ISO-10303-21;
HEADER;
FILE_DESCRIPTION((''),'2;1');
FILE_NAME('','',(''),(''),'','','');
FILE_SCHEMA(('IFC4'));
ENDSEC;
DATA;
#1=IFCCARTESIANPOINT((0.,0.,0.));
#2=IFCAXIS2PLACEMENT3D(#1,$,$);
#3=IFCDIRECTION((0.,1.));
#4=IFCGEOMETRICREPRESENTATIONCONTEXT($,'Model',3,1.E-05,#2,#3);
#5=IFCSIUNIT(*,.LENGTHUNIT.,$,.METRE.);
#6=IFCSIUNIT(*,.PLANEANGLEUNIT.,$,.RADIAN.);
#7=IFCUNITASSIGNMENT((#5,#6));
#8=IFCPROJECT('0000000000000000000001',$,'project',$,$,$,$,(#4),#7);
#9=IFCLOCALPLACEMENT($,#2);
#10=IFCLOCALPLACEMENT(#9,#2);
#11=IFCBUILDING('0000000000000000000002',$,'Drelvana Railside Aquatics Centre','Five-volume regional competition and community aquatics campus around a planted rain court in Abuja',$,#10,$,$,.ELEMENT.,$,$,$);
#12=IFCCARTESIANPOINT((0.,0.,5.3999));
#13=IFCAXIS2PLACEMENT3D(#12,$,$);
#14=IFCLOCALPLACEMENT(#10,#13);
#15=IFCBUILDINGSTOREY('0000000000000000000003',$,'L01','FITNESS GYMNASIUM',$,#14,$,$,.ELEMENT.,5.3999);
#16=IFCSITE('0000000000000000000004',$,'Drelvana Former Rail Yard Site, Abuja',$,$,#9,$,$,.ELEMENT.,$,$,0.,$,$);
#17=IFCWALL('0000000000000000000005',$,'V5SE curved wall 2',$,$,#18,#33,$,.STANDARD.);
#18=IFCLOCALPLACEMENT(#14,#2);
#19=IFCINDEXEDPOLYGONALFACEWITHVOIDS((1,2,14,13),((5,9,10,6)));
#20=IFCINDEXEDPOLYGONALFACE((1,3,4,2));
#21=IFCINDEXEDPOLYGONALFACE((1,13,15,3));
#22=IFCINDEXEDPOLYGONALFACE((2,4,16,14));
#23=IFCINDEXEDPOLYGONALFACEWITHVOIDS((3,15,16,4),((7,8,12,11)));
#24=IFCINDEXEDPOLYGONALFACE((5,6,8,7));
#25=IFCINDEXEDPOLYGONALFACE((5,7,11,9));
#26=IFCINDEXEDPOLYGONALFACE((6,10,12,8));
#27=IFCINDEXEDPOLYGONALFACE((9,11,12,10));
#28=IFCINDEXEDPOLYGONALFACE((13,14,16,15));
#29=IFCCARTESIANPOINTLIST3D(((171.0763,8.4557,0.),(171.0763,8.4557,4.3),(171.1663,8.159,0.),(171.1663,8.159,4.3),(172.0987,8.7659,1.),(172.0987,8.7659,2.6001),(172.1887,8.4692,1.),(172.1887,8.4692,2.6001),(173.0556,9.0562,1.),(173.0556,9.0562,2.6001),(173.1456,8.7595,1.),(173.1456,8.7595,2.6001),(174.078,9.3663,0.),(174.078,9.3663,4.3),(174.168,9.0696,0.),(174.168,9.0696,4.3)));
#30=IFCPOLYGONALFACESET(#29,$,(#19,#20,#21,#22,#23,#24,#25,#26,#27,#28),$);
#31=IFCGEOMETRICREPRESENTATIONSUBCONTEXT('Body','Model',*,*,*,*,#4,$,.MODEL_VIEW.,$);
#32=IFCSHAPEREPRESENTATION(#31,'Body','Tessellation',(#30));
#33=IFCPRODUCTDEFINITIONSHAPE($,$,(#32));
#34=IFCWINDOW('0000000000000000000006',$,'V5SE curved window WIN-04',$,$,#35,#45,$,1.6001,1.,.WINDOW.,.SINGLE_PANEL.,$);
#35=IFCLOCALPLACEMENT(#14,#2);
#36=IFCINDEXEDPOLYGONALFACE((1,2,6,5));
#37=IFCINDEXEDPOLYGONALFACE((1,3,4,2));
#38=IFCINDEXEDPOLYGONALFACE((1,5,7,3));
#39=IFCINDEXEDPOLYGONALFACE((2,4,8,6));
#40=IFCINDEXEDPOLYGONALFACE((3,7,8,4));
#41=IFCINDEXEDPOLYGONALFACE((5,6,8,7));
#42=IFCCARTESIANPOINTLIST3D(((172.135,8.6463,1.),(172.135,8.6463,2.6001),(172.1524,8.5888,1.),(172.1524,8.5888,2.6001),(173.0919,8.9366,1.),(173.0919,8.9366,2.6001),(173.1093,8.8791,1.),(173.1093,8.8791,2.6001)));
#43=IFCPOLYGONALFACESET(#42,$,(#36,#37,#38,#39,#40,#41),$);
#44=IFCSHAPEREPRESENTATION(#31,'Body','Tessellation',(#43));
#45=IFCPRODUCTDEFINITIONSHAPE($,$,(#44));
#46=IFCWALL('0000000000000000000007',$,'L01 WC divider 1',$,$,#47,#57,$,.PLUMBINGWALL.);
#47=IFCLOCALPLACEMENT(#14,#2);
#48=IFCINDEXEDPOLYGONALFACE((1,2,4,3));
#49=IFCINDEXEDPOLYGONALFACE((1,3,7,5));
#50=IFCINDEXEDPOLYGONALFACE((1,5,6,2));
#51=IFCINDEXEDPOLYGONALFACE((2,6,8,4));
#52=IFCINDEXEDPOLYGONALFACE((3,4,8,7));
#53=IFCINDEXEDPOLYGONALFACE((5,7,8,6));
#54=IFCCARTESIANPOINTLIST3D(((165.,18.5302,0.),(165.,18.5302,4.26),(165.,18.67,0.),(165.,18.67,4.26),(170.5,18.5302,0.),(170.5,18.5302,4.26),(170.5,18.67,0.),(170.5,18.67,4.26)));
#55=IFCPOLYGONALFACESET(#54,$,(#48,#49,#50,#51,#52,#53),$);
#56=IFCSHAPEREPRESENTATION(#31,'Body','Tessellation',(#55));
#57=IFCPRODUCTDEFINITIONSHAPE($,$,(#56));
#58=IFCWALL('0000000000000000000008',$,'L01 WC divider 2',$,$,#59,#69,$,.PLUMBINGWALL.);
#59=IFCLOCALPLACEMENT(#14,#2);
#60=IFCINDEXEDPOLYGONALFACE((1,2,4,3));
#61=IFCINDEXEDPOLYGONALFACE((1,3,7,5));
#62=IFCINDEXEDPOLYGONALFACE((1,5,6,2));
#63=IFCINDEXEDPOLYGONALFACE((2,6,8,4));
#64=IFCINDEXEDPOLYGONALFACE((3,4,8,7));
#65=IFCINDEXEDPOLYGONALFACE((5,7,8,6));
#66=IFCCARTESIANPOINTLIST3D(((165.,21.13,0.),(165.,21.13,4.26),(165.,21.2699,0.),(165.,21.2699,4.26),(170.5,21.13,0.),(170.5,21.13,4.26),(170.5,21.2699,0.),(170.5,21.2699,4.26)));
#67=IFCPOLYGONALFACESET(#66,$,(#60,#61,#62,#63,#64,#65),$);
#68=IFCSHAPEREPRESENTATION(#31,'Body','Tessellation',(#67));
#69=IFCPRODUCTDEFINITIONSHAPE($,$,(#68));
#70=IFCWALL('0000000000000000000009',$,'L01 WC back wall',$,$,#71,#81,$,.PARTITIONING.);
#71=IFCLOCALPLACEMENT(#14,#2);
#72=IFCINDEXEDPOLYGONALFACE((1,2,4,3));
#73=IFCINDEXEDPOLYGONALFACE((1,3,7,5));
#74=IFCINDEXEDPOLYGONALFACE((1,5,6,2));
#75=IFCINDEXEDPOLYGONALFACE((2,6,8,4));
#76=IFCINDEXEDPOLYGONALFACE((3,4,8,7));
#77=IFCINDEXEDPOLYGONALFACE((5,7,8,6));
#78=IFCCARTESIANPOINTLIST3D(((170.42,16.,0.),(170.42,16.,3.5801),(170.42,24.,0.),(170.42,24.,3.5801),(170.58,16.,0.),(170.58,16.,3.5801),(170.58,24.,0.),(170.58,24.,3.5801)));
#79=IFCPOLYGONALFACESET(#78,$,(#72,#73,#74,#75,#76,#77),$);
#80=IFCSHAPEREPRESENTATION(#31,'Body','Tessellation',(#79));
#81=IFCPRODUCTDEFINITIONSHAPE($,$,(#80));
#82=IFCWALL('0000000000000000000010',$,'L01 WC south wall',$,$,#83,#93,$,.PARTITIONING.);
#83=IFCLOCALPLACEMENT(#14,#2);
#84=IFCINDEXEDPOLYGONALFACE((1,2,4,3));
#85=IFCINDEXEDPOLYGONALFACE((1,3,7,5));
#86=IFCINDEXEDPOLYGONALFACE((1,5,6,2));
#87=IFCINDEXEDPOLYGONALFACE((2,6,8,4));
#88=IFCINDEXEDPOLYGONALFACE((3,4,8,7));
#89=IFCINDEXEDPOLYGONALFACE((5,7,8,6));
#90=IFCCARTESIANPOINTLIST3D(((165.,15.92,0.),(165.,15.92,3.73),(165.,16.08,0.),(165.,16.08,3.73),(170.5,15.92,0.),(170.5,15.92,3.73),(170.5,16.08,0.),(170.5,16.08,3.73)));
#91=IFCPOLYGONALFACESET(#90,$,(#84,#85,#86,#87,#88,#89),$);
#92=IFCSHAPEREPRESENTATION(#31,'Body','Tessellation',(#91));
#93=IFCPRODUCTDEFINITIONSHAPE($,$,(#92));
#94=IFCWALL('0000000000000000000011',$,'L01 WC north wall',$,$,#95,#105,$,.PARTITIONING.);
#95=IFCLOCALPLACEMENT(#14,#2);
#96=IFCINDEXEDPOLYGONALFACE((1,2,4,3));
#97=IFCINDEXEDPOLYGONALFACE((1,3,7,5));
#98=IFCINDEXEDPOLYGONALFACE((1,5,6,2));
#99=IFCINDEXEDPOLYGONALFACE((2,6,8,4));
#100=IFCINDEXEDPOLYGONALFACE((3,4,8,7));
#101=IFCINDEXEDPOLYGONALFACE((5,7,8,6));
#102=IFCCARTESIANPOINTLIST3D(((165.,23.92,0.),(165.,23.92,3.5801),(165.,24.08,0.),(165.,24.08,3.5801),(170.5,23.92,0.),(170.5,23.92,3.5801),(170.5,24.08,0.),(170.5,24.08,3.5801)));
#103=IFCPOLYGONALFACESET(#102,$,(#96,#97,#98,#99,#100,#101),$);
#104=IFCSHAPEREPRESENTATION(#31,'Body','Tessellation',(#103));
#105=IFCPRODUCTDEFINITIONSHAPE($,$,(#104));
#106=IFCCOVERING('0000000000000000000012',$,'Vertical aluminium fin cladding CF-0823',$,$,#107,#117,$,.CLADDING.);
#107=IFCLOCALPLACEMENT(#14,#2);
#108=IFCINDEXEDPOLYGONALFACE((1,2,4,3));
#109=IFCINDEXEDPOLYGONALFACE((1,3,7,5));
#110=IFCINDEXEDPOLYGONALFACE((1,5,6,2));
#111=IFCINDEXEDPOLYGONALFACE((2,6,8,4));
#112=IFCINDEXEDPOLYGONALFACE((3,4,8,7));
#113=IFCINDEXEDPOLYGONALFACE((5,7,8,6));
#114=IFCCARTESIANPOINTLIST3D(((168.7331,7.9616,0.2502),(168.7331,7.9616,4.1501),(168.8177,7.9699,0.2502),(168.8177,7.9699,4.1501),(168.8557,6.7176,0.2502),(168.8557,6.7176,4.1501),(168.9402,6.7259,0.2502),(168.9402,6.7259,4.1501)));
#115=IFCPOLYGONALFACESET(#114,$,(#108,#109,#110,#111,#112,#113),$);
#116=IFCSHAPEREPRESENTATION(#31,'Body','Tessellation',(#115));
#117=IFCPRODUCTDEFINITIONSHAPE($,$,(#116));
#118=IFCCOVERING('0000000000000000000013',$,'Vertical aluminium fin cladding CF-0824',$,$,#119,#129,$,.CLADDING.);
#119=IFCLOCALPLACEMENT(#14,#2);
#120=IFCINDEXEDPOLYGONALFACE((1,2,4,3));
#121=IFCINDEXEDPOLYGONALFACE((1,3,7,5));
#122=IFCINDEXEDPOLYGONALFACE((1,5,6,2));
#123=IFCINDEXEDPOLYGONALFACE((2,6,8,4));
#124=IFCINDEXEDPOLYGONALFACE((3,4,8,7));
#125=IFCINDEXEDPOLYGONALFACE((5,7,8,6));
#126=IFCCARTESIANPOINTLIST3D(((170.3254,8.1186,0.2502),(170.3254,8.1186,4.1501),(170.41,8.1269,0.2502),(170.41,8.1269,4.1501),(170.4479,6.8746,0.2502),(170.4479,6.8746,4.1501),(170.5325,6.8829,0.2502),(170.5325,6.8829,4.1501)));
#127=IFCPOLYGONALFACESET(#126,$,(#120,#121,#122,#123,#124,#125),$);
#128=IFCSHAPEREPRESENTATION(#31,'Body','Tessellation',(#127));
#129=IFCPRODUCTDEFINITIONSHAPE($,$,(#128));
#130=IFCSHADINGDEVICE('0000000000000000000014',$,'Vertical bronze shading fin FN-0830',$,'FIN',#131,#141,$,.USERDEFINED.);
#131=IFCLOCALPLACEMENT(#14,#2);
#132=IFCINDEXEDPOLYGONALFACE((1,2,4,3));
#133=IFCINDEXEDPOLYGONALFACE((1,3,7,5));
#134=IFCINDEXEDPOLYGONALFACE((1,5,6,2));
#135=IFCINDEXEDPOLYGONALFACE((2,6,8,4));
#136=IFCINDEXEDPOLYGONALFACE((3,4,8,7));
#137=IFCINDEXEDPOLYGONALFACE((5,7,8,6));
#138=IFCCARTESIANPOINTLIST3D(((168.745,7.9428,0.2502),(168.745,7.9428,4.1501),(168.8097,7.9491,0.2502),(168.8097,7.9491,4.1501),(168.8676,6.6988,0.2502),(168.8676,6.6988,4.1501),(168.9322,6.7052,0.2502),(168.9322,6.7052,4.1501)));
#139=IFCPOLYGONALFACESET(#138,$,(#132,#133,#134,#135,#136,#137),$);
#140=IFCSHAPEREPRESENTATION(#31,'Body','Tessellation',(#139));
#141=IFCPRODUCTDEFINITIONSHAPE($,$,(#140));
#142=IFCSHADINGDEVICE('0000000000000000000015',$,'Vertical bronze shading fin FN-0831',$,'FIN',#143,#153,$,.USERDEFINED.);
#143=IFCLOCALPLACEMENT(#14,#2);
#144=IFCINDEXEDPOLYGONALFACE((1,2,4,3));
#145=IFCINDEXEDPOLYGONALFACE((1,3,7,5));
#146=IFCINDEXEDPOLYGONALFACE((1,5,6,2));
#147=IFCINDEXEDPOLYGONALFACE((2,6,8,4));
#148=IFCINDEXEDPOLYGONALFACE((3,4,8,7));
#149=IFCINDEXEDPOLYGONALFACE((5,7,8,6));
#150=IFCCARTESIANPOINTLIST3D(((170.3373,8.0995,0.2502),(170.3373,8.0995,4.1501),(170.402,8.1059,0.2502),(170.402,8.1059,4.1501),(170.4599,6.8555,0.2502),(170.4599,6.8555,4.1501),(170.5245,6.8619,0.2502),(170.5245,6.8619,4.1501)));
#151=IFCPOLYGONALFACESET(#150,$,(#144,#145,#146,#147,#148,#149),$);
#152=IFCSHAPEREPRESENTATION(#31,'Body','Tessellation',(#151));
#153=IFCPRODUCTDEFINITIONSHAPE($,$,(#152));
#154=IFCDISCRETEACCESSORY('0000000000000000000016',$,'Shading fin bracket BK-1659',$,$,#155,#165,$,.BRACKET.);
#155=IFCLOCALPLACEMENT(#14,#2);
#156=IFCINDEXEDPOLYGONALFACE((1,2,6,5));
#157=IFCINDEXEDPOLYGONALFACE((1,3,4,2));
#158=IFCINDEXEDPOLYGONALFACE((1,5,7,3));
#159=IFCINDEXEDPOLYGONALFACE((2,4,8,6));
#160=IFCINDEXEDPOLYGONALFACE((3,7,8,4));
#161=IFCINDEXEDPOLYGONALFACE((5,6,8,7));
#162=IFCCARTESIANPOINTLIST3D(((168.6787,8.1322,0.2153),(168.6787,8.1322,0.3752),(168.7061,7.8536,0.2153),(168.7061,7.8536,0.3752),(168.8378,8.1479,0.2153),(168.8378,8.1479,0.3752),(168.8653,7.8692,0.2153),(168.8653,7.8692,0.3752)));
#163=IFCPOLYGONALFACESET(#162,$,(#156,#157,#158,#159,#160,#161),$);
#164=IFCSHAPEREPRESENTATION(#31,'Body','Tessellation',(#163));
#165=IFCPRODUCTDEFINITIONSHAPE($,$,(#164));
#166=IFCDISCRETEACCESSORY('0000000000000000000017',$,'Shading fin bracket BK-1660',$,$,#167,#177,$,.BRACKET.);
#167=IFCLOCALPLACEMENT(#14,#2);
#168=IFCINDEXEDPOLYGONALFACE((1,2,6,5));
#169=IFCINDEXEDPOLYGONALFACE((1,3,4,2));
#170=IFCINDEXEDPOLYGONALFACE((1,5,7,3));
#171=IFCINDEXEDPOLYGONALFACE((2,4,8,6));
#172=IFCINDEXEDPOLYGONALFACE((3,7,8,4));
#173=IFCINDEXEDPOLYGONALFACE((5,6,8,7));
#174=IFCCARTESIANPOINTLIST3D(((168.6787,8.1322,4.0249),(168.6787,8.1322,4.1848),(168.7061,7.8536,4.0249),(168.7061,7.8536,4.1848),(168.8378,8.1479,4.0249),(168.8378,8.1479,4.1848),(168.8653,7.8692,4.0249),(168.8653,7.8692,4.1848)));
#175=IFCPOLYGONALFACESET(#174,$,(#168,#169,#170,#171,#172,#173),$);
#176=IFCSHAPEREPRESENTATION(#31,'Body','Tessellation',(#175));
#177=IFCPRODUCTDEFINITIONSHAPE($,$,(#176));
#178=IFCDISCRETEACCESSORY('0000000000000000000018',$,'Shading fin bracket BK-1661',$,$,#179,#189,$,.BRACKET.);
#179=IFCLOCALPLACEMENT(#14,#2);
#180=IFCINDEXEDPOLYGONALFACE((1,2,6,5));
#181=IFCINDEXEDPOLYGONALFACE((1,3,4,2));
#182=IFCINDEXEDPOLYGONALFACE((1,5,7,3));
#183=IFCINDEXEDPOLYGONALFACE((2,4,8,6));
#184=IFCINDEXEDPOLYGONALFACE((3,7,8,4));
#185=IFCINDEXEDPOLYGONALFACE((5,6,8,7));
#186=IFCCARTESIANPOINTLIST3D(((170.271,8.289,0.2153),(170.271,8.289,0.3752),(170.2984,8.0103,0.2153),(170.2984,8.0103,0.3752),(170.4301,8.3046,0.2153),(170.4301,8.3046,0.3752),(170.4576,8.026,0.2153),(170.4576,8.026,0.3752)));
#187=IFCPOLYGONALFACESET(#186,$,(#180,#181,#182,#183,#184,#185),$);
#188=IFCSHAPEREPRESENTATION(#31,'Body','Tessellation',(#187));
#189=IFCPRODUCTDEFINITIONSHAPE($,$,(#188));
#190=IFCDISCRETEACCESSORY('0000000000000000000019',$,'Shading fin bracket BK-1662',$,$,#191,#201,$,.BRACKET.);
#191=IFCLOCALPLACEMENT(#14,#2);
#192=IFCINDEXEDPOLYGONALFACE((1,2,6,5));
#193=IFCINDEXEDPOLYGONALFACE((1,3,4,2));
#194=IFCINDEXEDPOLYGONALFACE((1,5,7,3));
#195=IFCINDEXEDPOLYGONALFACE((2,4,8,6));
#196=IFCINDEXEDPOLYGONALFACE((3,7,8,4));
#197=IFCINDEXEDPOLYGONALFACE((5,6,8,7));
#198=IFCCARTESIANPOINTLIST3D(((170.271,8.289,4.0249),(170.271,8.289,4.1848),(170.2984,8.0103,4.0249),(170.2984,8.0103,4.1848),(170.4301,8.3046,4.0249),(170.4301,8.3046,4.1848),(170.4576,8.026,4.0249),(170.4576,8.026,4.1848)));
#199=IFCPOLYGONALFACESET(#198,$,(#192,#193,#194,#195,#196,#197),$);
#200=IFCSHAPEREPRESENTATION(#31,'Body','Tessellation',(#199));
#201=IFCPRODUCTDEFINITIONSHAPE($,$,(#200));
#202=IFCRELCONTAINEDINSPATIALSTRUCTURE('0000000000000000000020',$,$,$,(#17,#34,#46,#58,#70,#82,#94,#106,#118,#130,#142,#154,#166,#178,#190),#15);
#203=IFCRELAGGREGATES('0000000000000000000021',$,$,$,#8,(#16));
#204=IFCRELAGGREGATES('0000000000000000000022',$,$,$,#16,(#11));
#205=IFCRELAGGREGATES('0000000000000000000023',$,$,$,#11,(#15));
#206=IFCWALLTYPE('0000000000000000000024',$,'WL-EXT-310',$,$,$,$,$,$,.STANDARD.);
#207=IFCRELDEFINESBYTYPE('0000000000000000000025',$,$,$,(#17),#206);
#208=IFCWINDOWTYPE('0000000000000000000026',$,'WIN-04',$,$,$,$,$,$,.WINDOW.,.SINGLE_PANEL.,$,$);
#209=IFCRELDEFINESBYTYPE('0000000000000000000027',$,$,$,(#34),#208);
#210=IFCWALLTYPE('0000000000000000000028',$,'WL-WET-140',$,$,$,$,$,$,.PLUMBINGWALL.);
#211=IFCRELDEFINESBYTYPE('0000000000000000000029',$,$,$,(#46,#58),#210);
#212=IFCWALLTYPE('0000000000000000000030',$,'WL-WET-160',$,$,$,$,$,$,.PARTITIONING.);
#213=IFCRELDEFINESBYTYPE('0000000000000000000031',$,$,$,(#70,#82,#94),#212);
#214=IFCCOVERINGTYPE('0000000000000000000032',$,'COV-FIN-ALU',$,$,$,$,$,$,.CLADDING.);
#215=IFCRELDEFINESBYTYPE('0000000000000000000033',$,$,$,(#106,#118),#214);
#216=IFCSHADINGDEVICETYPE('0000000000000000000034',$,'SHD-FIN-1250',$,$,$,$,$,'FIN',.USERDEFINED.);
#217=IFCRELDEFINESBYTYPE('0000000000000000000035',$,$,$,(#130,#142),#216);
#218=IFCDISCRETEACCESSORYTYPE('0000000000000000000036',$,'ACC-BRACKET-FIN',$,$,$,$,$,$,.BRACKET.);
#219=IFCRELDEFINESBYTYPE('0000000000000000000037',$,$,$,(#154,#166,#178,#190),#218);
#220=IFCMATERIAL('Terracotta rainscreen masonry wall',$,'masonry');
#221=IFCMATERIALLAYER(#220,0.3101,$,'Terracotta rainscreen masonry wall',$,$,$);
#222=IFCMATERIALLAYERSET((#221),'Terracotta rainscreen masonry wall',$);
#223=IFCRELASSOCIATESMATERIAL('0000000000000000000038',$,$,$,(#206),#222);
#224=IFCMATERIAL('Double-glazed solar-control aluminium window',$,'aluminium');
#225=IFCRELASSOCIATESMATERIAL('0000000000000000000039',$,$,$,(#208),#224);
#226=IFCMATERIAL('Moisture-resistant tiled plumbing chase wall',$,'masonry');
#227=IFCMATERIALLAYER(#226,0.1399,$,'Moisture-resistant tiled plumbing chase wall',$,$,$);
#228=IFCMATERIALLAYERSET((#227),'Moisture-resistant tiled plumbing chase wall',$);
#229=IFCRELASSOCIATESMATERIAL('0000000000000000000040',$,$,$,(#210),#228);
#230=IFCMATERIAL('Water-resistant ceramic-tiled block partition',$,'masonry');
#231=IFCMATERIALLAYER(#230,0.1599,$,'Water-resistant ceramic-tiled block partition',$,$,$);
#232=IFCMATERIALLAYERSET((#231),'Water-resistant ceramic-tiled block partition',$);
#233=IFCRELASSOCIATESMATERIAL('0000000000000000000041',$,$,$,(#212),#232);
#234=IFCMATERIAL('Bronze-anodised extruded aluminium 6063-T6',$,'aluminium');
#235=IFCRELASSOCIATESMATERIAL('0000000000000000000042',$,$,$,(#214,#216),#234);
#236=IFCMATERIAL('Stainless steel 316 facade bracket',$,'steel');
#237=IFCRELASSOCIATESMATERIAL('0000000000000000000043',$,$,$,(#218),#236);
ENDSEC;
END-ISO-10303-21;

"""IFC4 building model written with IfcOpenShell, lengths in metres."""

from ifc_helpers import new_model, si_unit, direction, frame, frame_2d, origin, origin_2d, place, context, subcontext, project, spatial, rectangle, extrude, material, layer, layer_set, type_object, element, fill, save


model = new_model("IFC4")

# Units and contexts
model_context = context("Model", 3, precision=1e-05, world=origin(), true_north=direction((0.0, 1.0)))
body_context = subcontext(model_context, "Body", "Model", "MODEL_VIEW")
ifc_project = project(units=[si_unit("LENGTHUNIT", "METRE"), si_unit("PLANEANGLEUNIT", "RADIAN")], contexts=[model_context])

# Site, building, storey
site_placement = place(None, origin())
site = spatial("IfcSite", under=ifc_project, at=site_placement, Name="Drelvana Former Rail Yard Site, Abuja", CompositionType="ELEMENT", RefElevation=0.0)
building_placement = place(site_placement, origin())
building = spatial("IfcBuilding", under=site, at=building_placement, Name="Drelvana Railside Aquatics Centre", Description="Five-volume regional competition and community aquatics campus around a planted rain court in Abuja", CompositionType="ELEMENT")
storey_placement = place(building_placement, frame((0.0, 0.0, 5.3999)))
storey = spatial("IfcBuildingStorey", under=building, at=storey_placement, Name="L01", Description="FITNESS GYMNASIUM", CompositionType="ELEMENT", Elevation=5.3999)

# Wall, opening, window
ifc_material_1 = material(Name="Terracotta rainscreen masonry wall", Category="masonry")
ifc_layer_1 = layer(ifc_material_1, 0.3101, Name="Terracotta rainscreen masonry wall")
ifc_layer_set_1 = layer_set([ifc_layer_1], Name="Terracotta rainscreen masonry wall")
wall_type_1 = type_object("IfcWallType", Name="WL-EXT-310", PredefinedType="STANDARD", material=ifc_layer_set_1)
ifc_material_2 = material(Name="Double-glazed solar-control aluminium window", Category="aluminium")
wall_1_placement = place(storey_placement, frame((171.1213, 8.3074, 0.0), z_axis=(0.0, 0.0, 1.0), x_axis=(0.956933, 0.29031, 0.0)))
wall_1 = element("IfcWall", 1, at=wall_1_placement, inside=storey, type_object=wall_type_1, Name="V5SE curved wall 2", PredefinedType="STANDARD", context=body_context, shape_type="SweptSolid", body=[
    extrude(rectangle(XDim=3.1367, YDim=0.3101, at=frame_2d((1.5684, 0.0))), origin(), (0.0, 0.0, 1.0), 4.3),
])
opening_1_placement = place(wall_1_placement, frame((1.0684, 0.0, 1.0)))
opening_1 = element("IfcOpeningElement", 2, at=opening_1_placement, cuts=wall_1, PredefinedType="OPENING", context=body_context, shape_type="SweptSolid", body=[
    extrude(rectangle(XDim=1.0, YDim=1.6001, at=frame_2d((0.5, 0.8))), frame((0.0, 0.165, 0.0), z_axis=(0.0, -1.0, 0.0), x_axis=(1.0, 0.0, 0.0)), (0.0, 0.0, 1.0), 0.3301),
])
window_type_1 = type_object("IfcWindowType", Name="WIN-04", PartitioningType="SINGLE_PANEL", PredefinedType="WINDOW", material=ifc_material_2)
window_1_placement = place(opening_1_placement, origin())
window_1 = element("IfcWindow", 3, at=window_1_placement, inside=storey, type_object=window_type_1, Name="V5SE curved window WIN-04", OverallHeight=1.6001, OverallWidth=1.0, PartitioningType="SINGLE_PANEL", PredefinedType="WINDOW", context=body_context, shape_type="SweptSolid", body=[
    extrude(rectangle(XDim=1.0, YDim=1.6001, at=frame_2d((0.5, 0.8))), frame((0.0, 0.03, 0.0), z_axis=(0.0, -1.0, 0.0), x_axis=(1.0, 0.0, 0.0)), (0.0, 0.0, 1.0), 0.0601),
])
fill(opening_1, window_1)

# Walls
ifc_material_3 = material(Name="Moisture-resistant tiled plumbing chase wall", Category="masonry")
ifc_layer_2 = layer(ifc_material_3, 0.1399, Name="Moisture-resistant tiled plumbing chase wall")
ifc_layer_set_2 = layer_set([ifc_layer_2], Name="Moisture-resistant tiled plumbing chase wall")
wall_type_2 = type_object("IfcWallType", Name="WL-WET-140", PredefinedType="PLUMBINGWALL", material=ifc_layer_set_2)
for number, where, z_axis, x_axis, name in (
    (4, (165.0, 18.6001, 0.0), (0.0, 0.0, 1.0), (1.0, 0.0, 0.0), "L01 WC divider 1"),
    (5, (165.0, 21.2, 0.0), (0.0, 0.0, 1.0), (1.0, 0.0, 0.0), "L01 WC divider 2"),
):
    element("IfcWall", number, at=place(storey_placement, frame(where, z_axis=z_axis, x_axis=x_axis)), inside=storey, type_object=wall_type_2, Name=name, PredefinedType="PLUMBINGWALL", context=body_context, shape_type="SweptSolid", body=[
        extrude(rectangle(XDim=5.5, YDim=0.1399, at=frame_2d((2.75, 0.0))), origin(), (0.0, 0.0, 1.0), 4.26),
    ])
ifc_material_4 = material(Name="Water-resistant ceramic-tiled block partition", Category="masonry")
ifc_layer_3 = layer(ifc_material_4, 0.1599, Name="Water-resistant ceramic-tiled block partition")
ifc_layer_set_3 = layer_set([ifc_layer_3], Name="Water-resistant ceramic-tiled block partition")
wall_type_3 = type_object("IfcWallType", Name="WL-WET-160", PredefinedType="PARTITIONING", material=ifc_layer_set_3)
wall_2_placement = place(storey_placement, frame((170.5, 16.0, 0.0), z_axis=(0.0, 0.0, 1.0), x_axis=(0.0, 1.0, 0.0)))
element("IfcWall", 6, at=wall_2_placement, inside=storey, type_object=wall_type_3, Name="L01 WC back wall", PredefinedType="PARTITIONING", context=body_context, shape_type="SweptSolid", body=[
    extrude(rectangle(XDim=8.0, YDim=0.1599, at=frame_2d((4.0, 0.0))), origin(), (0.0, 0.0, 1.0), 3.5801),
])
wall_3_placement = place(storey_placement, frame((165.0, 16.0, 0.0), z_axis=(0.0, 0.0, 1.0), x_axis=(1.0, 0.0, 0.0)))
element("IfcWall", 7, at=wall_3_placement, inside=storey, type_object=wall_type_3, Name="L01 WC south wall", PredefinedType="PARTITIONING", context=body_context, shape_type="SweptSolid", body=[
    extrude(rectangle(XDim=5.5, YDim=0.1599, at=frame_2d((2.75, 0.0))), origin(), (0.0, 0.0, 1.0), 3.73),
])
wall_4_placement = place(storey_placement, frame((165.0, 24.0, 0.0), z_axis=(0.0, 0.0, 1.0), x_axis=(1.0, 0.0, 0.0)))
element("IfcWall", 8, at=wall_4_placement, inside=storey, type_object=wall_type_3, Name="L01 WC north wall", PredefinedType="PARTITIONING", context=body_context, shape_type="SweptSolid", body=[
    extrude(rectangle(XDim=5.5, YDim=0.1599, at=frame_2d((2.75, 0.0))), origin(), (0.0, 0.0, 1.0), 3.5801),
])

# Coverings
ifc_material_5 = material(Name="Bronze-anodised extruded aluminium 6063-T6", Category="aluminium")
covering_type = type_object("IfcCoveringType", Name="COV-FIN-ALU", PredefinedType="CLADDING", material=ifc_material_5)
for number, where, z_axis, x_axis, name in (
    (9, (168.8367, 7.3438, 0.2502), (0.0, 0.0, 1.0), (-0.995185, -0.098017, 0.0), "Vertical aluminium fin cladding CF-0823"),
    (10, (170.429, 7.5007, 0.2502), (0.0, 0.0, 1.0), (-0.995185, -0.098017, 0.0), "Vertical aluminium fin cladding CF-0824"),
):
    element("IfcCovering", number, at=place(storey_placement, frame(where, z_axis=z_axis, x_axis=x_axis)), inside=storey, type_object=covering_type, Name=name, PredefinedType="CLADDING", context=body_context, shape_type="SweptSolid", body=[
        extrude(rectangle(XDim=0.085, YDim=1.25, at=origin_2d()), origin(), (0.0, 0.0, 1.0), 3.8999),
    ])

# Shading devices
shading_device_type = type_object("IfcShadingDeviceType", Name="SHD-FIN-1250", ElementType="FIN", PredefinedType="USERDEFINED", material=ifc_material_5)
for number, where, z_axis, x_axis, name in (
    (11, (168.8386, 7.324, 0.2502), (0.0, 0.0, 1.0), (0.098017, -0.995185, 0.0), "Vertical bronze shading fin FN-0830"),
    (12, (170.4309, 7.4807, 0.2502), (0.0, 0.0, 1.0), (0.098017, -0.995185, 0.0), "Vertical bronze shading fin FN-0831"),
):
    element("IfcShadingDevice", number, at=place(storey_placement, frame(where, z_axis=z_axis, x_axis=x_axis)), inside=storey, type_object=shading_device_type, Name=name, ObjectType="FIN", PredefinedType="USERDEFINED", context=body_context, shape_type="SweptSolid", body=[
        extrude(rectangle(XDim=1.25, YDim=0.0649, at=origin_2d()), origin(), (0.0, 0.0, 1.0), 3.8999),
    ])

# Discrete accessories
ifc_material_6 = material(Name="Stainless steel 316 facade bracket", Category="steel")
discrete_accessory_type = type_object("IfcDiscreteAccessoryType", Name="ACC-BRACKET-FIN", PredefinedType="BRACKET", material=ifc_material_6)
for number, where, z_axis, x_axis, name in (
    (13, (168.772, 8.0007, 0.2153), (0.0, 0.0, 1.0), (0.098017, -0.995185, 0.0), "Shading fin bracket BK-1659"),
    (14, (168.772, 8.0007, 4.0249), (0.0, 0.0, 1.0), (0.098017, -0.995185, 0.0), "Shading fin bracket BK-1660"),
    (15, (170.3643, 8.1575, 0.2153), (0.0, 0.0, 1.0), (0.098017, -0.995185, 0.0), "Shading fin bracket BK-1661"),
    (16, (170.3643, 8.1575, 4.0249), (0.0, 0.0, 1.0), (0.098017, -0.995185, 0.0), "Shading fin bracket BK-1662"),
):
    element("IfcDiscreteAccessory", number, at=place(storey_placement, frame(where, z_axis=z_axis, x_axis=x_axis)), inside=storey, type_object=discrete_accessory_type, Name=name, PredefinedType="BRACKET", context=body_context, shape_type="SweptSolid", body=[
        extrude(rectangle(XDim=0.28, YDim=0.1599, at=origin_2d()), origin(), (0.0, 0.0, 1.0), 0.1599),
    ])

save(model, "model.ifc")
